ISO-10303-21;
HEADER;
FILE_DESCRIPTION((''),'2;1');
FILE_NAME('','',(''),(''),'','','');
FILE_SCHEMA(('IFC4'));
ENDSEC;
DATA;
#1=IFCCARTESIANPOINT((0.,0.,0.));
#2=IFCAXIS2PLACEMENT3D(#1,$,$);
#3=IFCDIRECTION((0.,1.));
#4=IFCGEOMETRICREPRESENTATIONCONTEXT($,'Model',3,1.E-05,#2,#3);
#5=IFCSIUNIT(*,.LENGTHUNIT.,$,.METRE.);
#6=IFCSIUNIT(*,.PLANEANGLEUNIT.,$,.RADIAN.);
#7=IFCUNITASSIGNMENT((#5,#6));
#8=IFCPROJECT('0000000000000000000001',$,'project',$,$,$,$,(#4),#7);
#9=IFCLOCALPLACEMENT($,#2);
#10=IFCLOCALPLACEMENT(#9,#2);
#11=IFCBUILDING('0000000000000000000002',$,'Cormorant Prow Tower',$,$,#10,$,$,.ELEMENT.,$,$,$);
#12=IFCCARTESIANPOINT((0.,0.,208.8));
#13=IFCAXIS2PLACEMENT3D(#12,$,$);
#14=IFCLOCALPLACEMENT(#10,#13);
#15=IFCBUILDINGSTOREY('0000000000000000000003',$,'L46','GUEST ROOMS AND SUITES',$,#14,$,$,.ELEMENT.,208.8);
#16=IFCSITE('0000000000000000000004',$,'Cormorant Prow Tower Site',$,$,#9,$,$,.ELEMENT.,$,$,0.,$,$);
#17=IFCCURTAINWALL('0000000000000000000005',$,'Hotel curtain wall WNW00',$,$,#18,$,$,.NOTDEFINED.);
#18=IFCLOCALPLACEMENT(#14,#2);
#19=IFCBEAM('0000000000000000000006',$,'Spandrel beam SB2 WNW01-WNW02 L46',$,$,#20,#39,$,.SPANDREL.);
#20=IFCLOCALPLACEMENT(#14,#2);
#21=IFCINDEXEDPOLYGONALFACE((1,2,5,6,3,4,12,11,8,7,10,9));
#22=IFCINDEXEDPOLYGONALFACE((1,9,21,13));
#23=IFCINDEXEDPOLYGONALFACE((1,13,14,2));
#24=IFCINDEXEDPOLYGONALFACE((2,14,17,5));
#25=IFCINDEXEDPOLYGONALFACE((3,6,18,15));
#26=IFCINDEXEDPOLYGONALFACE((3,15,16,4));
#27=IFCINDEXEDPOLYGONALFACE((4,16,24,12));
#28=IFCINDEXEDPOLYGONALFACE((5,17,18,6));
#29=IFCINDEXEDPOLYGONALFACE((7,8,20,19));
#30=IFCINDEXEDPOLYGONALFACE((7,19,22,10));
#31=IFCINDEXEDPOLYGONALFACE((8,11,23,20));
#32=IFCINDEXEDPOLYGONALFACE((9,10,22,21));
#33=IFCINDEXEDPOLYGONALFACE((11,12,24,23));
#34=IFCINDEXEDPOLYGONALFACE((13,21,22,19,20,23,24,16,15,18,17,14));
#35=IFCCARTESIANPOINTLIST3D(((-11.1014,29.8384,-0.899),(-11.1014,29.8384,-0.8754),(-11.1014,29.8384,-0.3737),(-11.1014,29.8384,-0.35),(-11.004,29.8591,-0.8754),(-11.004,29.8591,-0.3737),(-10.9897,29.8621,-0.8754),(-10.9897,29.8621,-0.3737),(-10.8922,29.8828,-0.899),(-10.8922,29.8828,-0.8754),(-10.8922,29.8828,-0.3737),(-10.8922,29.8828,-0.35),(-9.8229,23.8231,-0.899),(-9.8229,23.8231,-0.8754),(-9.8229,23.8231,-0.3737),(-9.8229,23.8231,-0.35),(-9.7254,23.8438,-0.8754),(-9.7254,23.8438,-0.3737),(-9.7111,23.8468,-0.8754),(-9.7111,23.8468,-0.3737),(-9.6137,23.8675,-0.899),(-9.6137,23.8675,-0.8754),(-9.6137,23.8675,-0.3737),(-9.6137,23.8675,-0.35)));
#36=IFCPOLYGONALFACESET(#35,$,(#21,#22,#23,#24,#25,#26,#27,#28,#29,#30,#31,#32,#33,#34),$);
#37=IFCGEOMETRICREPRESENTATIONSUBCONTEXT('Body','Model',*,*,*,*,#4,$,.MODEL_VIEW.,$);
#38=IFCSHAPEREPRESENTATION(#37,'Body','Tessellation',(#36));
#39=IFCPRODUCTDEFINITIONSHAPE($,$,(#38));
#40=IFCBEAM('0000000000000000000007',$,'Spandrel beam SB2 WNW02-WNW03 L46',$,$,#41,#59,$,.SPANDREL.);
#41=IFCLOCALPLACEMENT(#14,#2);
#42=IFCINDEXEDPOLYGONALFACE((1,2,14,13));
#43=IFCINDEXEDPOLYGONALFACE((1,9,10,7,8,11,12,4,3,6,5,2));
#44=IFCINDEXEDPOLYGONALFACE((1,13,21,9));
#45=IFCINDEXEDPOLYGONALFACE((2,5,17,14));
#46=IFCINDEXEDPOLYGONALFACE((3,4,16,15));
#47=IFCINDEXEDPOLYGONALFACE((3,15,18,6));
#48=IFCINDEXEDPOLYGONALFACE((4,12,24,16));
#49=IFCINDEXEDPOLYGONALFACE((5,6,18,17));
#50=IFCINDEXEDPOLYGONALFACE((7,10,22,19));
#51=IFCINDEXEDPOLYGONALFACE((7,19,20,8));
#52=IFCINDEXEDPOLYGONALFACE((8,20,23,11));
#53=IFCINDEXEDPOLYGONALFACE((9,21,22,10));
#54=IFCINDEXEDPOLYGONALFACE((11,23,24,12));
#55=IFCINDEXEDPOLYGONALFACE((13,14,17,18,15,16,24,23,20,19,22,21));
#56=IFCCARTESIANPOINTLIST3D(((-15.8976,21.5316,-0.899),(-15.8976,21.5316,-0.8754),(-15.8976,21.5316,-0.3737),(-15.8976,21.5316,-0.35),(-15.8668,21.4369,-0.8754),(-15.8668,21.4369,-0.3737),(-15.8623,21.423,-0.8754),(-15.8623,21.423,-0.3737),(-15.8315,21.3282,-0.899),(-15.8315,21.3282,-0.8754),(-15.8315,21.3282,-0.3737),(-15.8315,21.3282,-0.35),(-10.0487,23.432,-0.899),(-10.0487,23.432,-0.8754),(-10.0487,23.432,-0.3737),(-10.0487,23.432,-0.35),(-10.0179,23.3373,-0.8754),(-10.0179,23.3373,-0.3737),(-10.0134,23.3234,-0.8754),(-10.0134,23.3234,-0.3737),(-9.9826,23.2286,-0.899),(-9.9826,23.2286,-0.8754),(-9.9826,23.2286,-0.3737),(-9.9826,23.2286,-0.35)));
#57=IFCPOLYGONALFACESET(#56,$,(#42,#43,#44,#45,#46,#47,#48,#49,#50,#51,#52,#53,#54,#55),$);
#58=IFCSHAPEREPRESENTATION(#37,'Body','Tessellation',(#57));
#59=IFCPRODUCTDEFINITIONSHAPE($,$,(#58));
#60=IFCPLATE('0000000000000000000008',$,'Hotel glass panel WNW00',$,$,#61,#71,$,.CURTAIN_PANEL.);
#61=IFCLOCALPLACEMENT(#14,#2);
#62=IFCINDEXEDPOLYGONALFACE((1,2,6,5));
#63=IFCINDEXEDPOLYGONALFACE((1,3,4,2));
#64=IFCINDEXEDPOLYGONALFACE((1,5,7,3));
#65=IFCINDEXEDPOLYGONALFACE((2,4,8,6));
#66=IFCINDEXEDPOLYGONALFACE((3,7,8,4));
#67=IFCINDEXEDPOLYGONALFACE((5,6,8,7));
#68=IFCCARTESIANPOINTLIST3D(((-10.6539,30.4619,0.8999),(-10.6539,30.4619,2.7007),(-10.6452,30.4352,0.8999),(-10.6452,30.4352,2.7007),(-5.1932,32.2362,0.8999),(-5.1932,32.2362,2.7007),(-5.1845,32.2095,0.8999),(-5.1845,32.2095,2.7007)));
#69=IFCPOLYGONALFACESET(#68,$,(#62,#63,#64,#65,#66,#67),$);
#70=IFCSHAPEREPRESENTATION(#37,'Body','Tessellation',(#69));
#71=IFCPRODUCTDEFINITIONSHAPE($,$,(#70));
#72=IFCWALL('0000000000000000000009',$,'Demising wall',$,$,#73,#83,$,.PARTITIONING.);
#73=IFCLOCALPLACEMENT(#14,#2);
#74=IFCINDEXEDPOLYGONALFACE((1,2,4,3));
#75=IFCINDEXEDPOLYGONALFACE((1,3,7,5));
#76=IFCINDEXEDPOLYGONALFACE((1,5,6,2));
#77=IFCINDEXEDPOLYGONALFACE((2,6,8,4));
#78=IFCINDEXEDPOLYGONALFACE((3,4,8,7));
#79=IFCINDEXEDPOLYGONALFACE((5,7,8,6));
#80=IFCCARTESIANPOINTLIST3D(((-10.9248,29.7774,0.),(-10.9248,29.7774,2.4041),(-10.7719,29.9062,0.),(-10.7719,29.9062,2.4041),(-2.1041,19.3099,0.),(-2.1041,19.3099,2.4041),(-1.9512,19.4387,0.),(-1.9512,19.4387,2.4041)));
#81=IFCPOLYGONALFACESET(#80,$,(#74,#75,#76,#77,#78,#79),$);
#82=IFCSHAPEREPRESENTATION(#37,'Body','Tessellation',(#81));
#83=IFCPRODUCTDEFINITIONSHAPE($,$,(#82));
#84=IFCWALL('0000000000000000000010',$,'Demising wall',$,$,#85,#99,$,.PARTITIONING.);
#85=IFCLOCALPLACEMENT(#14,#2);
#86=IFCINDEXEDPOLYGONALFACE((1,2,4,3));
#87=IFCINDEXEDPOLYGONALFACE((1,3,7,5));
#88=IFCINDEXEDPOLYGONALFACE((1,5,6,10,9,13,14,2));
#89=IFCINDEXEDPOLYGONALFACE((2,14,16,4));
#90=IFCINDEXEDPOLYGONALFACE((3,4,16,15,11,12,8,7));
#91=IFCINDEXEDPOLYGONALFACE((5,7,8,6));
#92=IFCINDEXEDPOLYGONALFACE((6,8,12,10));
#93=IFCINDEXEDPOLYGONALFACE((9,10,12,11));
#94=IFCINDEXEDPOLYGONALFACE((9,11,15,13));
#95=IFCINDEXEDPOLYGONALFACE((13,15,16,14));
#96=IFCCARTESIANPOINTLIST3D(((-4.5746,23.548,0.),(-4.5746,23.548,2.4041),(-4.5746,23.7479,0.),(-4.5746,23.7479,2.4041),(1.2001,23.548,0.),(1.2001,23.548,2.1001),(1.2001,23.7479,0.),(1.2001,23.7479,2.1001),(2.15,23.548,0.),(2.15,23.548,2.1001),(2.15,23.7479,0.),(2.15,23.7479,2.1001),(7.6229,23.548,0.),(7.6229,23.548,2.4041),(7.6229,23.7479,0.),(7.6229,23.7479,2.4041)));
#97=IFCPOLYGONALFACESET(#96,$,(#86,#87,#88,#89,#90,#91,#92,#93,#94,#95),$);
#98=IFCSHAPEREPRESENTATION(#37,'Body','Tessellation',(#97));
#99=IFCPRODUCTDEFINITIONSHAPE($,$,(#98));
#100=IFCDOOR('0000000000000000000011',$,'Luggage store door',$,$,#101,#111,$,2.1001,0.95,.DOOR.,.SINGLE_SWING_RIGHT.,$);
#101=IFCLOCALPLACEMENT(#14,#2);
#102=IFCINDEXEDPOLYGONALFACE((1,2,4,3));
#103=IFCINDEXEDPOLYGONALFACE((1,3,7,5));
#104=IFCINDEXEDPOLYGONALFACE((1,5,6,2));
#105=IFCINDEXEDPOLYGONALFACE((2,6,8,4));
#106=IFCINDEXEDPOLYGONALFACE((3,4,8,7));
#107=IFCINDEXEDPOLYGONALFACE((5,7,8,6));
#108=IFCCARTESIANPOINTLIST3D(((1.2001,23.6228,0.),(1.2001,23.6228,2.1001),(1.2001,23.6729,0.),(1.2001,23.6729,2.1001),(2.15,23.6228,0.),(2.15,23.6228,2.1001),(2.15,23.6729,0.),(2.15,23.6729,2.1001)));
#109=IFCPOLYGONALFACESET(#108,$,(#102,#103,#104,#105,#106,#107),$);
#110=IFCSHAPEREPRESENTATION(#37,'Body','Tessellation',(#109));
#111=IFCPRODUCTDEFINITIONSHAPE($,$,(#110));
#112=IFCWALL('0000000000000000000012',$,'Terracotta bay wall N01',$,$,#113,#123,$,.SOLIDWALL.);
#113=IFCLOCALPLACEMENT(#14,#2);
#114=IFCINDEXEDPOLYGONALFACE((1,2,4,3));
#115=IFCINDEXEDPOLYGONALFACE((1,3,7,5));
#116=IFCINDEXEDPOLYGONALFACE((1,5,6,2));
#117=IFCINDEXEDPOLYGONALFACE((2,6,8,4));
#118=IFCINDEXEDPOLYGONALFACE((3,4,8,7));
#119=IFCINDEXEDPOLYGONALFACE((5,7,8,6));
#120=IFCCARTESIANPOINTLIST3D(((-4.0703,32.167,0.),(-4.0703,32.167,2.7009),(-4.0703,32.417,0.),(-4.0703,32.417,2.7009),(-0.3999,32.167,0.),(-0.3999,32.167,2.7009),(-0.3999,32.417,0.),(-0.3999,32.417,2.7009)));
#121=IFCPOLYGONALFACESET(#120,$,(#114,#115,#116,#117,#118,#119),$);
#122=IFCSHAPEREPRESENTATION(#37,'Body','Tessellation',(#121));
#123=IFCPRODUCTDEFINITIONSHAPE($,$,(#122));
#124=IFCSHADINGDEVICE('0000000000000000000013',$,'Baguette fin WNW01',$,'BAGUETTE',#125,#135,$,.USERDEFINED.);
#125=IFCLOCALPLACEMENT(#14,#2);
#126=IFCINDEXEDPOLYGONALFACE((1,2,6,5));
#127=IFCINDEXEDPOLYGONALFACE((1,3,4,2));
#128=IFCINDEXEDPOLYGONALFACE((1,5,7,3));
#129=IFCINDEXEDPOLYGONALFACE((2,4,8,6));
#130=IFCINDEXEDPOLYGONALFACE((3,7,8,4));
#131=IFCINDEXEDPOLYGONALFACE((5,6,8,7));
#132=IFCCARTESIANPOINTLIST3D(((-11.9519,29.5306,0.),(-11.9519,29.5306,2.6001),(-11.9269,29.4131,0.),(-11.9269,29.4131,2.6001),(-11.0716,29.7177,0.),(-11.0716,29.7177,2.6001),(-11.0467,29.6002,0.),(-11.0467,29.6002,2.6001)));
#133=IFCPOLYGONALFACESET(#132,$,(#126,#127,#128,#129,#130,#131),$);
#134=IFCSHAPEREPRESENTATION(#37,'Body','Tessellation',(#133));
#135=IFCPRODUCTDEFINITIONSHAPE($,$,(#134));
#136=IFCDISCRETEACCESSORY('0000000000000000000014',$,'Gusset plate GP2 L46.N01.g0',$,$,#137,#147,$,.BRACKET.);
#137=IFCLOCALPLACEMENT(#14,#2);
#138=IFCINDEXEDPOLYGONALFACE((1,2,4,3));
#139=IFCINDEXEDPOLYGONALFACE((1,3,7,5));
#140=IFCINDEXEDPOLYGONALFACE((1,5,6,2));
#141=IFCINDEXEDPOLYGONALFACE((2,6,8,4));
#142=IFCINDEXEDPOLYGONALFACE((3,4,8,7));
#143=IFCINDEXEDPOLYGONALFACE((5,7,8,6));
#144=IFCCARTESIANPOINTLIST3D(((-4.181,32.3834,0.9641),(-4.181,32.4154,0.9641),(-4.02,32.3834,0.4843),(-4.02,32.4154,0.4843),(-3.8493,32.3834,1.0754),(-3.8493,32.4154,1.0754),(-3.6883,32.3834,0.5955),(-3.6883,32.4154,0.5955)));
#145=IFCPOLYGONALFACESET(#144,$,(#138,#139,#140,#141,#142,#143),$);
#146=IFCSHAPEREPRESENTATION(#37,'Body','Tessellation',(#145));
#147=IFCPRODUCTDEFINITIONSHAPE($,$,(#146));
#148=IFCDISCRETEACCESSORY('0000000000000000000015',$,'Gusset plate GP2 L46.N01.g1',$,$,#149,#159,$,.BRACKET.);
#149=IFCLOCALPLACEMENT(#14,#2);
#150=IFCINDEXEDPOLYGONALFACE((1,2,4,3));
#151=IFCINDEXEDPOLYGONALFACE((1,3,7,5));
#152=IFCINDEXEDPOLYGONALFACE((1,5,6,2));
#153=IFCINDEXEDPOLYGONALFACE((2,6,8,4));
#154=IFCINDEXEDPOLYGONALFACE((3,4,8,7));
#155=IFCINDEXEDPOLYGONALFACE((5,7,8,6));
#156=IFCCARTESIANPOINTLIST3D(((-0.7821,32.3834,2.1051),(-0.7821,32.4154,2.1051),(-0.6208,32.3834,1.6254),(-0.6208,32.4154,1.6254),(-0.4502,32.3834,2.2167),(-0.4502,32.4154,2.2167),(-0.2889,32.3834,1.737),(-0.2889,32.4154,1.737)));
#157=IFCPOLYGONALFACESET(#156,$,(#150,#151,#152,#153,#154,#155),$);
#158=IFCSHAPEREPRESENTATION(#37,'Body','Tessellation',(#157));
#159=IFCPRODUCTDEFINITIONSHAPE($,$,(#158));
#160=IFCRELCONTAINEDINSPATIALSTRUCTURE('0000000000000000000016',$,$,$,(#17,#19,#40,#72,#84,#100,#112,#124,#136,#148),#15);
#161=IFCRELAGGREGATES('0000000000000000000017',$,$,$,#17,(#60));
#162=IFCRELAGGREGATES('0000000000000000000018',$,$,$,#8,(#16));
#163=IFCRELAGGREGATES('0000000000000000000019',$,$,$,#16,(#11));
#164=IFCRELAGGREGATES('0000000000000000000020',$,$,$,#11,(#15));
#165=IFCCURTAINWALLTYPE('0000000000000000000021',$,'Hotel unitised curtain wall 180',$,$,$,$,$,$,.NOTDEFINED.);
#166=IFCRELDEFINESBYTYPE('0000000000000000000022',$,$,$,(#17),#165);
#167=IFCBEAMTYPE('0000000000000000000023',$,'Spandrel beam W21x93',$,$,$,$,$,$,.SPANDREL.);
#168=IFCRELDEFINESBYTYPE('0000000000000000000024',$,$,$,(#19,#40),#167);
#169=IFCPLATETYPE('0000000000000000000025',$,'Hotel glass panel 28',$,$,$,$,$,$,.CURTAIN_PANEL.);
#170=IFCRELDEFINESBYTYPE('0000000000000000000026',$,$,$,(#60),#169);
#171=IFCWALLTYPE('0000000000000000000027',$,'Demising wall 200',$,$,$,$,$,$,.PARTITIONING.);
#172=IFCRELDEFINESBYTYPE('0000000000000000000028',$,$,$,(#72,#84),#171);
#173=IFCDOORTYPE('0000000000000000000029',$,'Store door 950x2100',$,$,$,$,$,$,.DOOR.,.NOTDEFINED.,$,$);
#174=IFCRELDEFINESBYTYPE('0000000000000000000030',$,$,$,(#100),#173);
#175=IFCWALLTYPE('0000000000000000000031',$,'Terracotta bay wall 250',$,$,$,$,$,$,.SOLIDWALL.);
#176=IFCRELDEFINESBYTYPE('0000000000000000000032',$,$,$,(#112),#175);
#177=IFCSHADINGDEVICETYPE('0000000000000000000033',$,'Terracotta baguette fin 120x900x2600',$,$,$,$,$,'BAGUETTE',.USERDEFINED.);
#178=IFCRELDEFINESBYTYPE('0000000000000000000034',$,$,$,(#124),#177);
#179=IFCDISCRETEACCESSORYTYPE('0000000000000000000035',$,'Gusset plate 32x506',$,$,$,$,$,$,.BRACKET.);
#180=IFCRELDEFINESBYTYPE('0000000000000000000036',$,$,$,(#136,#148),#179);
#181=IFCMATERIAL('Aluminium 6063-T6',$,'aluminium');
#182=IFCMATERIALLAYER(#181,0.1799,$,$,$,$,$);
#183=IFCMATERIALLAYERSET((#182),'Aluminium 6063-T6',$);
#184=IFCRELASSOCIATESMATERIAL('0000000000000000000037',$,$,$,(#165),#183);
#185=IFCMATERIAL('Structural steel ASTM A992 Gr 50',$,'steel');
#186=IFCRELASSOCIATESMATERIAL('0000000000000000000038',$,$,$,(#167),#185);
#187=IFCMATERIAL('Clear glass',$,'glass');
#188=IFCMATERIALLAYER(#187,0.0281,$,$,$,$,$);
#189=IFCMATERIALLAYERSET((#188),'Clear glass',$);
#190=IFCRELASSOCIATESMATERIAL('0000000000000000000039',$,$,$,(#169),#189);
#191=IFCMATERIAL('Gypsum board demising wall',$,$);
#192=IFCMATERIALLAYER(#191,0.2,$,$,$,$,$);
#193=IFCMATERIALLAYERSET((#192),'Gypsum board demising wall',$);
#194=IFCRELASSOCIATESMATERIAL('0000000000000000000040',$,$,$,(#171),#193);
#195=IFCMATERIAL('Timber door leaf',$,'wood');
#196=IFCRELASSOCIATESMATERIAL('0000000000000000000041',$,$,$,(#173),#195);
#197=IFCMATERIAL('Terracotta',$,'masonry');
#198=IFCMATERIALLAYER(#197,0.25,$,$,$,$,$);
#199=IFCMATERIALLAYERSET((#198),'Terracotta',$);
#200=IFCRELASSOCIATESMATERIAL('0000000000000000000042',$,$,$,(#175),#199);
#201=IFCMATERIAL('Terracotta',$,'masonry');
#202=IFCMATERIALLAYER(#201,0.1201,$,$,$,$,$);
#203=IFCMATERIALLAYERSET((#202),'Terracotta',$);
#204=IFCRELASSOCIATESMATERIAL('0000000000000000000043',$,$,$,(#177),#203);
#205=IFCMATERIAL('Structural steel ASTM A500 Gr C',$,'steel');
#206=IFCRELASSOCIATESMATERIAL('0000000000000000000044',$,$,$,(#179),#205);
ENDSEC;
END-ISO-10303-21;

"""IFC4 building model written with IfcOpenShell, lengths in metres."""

from ifc_helpers import new_model, si_unit, direction, frame, frame_2d, origin, origin_2d, place, context, subcontext, project, spatial, rectangle, i_section, extrude, material, layer, layer_set, material_profile, profile_set, type_object, element, fill, aggregate, save


model = new_model("IFC4")

# Units and contexts
model_context = context("Model", 3, precision=1e-05, world=origin(), true_north=direction((0.0, 1.0)))
body_context = subcontext(model_context, "Body", "Model", "MODEL_VIEW")
ifc_project = project(units=[si_unit("LENGTHUNIT", "METRE"), si_unit("PLANEANGLEUNIT", "RADIAN")], contexts=[model_context])

# Site, building, storey
site_placement = place(None, origin())
site = spatial("IfcSite", under=ifc_project, at=site_placement, Name="Cormorant Prow Tower Site", CompositionType="ELEMENT", RefElevation=0.0)
building_placement = place(site_placement, origin())
building = spatial("IfcBuilding", under=site, at=building_placement, Name="Cormorant Prow Tower", CompositionType="ELEMENT")
storey_placement = place(building_placement, frame((0.0, 0.0, 208.8)))
storey = spatial("IfcBuildingStorey", under=building, at=storey_placement, Name="L46", Description="GUEST ROOMS AND SUITES", CompositionType="ELEMENT", Elevation=208.8)

# Curtain wall
ifc_material_1 = material(Name="Aluminium 6063-T6", Category="aluminium")
ifc_layer_1 = layer(ifc_material_1, 0.1799)
ifc_layer_set_1 = layer_set([ifc_layer_1], Name="Aluminium 6063-T6")
curtain_wall_type = type_object("IfcCurtainWallType", Name="Hotel unitised curtain wall 180", PredefinedType="NOTDEFINED", material=ifc_layer_set_1)
curtain_wall_1_placement = place(storey_placement, origin())
curtain_wall_1 = element("IfcCurtainWall", 1, at=curtain_wall_1_placement, inside=storey, type_object=curtain_wall_type, Name="Hotel curtain wall WNW00", PredefinedType="NOTDEFINED")

# Beams
ifc_material_2 = material(Name="Structural steel ASTM A992 Gr 50", Category="steel")
ifc_material_profile_1 = material_profile(ifc_material_2, i_section(OverallWidth=0.2139, OverallDepth=0.5491, WebThickness=0.0146, FlangeThickness=0.0237, at=origin_2d()), Name="W21x93")
ifc_profile_set_1 = profile_set([ifc_material_profile_1], Name="Structural steel ASTM A992 Gr 50")
beam_type = type_object("IfcBeamType", Name="Spandrel beam W21x93", PredefinedType="SPANDREL", material=ifc_profile_set_1)
beam_1_placement = place(storey_placement, frame((-10.9968, 29.8606, -0.6245), z_axis=(0.207905, -0.978149, 0.0), x_axis=(0.978149, 0.207905, 0.0)))
element("IfcBeam", 2, at=beam_1_placement, inside=storey, type_object=beam_type, Name="Spandrel beam SB2 WNW01-WNW02 L46", PredefinedType="SPANDREL", context=body_context, shape_type="SweptSolid", body=[
    extrude(i_section(OverallWidth=0.2139, OverallDepth=0.5491, WebThickness=0.0146, FlangeThickness=0.0237, at=origin_2d()), origin(), (0.0, 0.0, 1.0), 6.1497),
])
beam_2_placement = place(storey_placement, frame((-10.0156, 23.3303, -0.6245), z_axis=(-0.951058, -0.309013, 0.0), x_axis=(0.309013, -0.951058, 0.0)))
element("IfcBeam", 3, at=beam_2_placement, inside=storey, type_object=beam_type, Name="Spandrel beam SB2 WNW02-WNW03 L46", PredefinedType="SPANDREL", context=body_context, shape_type="SweptSolid", body=[
    extrude(i_section(OverallWidth=0.2139, OverallDepth=0.5491, WebThickness=0.0146, FlangeThickness=0.0237, at=origin_2d()), origin(), (0.0, 0.0, 1.0), 6.1499),
])

# Plate
ifc_material_3 = material(Name="Clear glass", Category="glass")
ifc_layer_2 = layer(ifc_material_3, 0.0281)
ifc_layer_set_2 = layer_set([ifc_layer_2], Name="Clear glass")
plate_type = type_object("IfcPlateType", Name="Hotel glass panel 28", PredefinedType="CURTAIN_PANEL", material=ifc_layer_set_2)
plate_placement = place(storey_placement, frame((-7.9192, 31.3357, 0.8999), z_axis=(0.0, 0.0, 1.0), x_axis=(-0.951057, -0.309017, 0.0)))
plate = element("IfcPlate", 4, at=plate_placement, type_object=plate_type, Name="Hotel glass panel WNW00", PredefinedType="CURTAIN_PANEL", context=body_context, shape_type="SweptSolid", body=[
    extrude(rectangle(XDim=5.7417, YDim=0.0281, at=origin_2d()), origin(), (0.0, 0.0, 1.0), 1.8008),
])
aggregate(curtain_wall_1, [plate])

# Wall
ifc_material_4 = material(Name="Gypsum board demising wall")
ifc_layer_3 = layer(ifc_material_4, 0.2)
ifc_layer_set_3 = layer_set([ifc_layer_3], Name="Gypsum board demising wall")
wall_type_1 = type_object("IfcWallType", Name="Demising wall 200", PredefinedType="PARTITIONING", material=ifc_layer_set_3)
wall_1_placement = place(storey_placement, frame((-10.8484, 29.8418, 0.0), z_axis=(0.0, 0.0, 1.0), x_axis=(0.644394, -0.764694, 0.0)))
element("IfcWall", 5, at=wall_1_placement, inside=storey, type_object=wall_type_1, Name="Demising wall", PredefinedType="PARTITIONING", context=body_context, shape_type="SweptSolid", body=[
    extrude(rectangle(XDim=13.6885, YDim=0.2, at=frame_2d((6.8442, 0.0))), origin(), (0.0, 0.0, 1.0), 2.4041),
])

# Wall, opening, door
wall_2_placement = place(storey_placement, frame((-4.5745, 23.6479, 0.0), z_axis=(0.0, 0.0, 1.0), x_axis=(1.0, 0.0, 0.0)))
wall_2 = element("IfcWall", 6, at=wall_2_placement, inside=storey, type_object=wall_type_1, Name="Demising wall", PredefinedType="PARTITIONING", context=body_context, shape_type="SweptSolid", body=[
    extrude(rectangle(XDim=12.1975, YDim=0.2, at=frame_2d((6.0986, 0.0))), origin(), (0.0, 0.0, 1.0), 2.4041),
])
opening_1_placement = place(wall_2_placement, frame((5.7744, 0.0, 0.0)))
opening_1 = element("IfcOpeningElement", 7, at=opening_1_placement, cuts=wall_2, PredefinedType="OPENING", context=body_context, shape_type="SweptSolid", body=[
    extrude(rectangle(XDim=0.95, YDim=2.1001, at=frame_2d((0.4751, 1.05))), frame((0.0, 0.1099, 0.0), z_axis=(0.0, -1.0, 0.0), x_axis=(1.0, 0.0, 0.0)), (0.0, 0.0, 1.0), 0.22),
])
ifc_material_5 = material(Name="Timber door leaf", Category="wood")
door_type_1 = type_object("IfcDoorType", Name="Store door 950x2100", OperationType="NOTDEFINED", PredefinedType="DOOR", material=ifc_material_5)
door_1_placement = place(opening_1_placement, origin())
door_1 = element("IfcDoor", 8, at=door_1_placement, inside=storey, type_object=door_type_1, Name="Luggage store door", OperationType="SINGLE_SWING_RIGHT", OverallHeight=2.1001, OverallWidth=0.95, PredefinedType="DOOR", context=body_context, shape_type="SweptSolid", body=[
    extrude(rectangle(XDim=0.95, YDim=2.1001, at=frame_2d((0.4751, 1.05))), frame((0.0, 0.0249, 0.0), z_axis=(0.0, -1.0, 0.0), x_axis=(1.0, 0.0, 0.0)), (0.0, 0.0, 1.0), 0.05),
])
fill(opening_1, door_1)

# Wall
ifc_material_6 = material(Name="Terracotta", Category="masonry")
ifc_layer_4 = layer(ifc_material_6, 0.25)
ifc_layer_set_4 = layer_set([ifc_layer_4], Name="Terracotta")
wall_type_2 = type_object("IfcWallType", Name="Terracotta bay wall 250", PredefinedType="SOLIDWALL", material=ifc_layer_set_4)
wall_3_placement = place(storey_placement, frame((-0.3999, 32.292, 0.0), z_axis=(0.0, 0.0, 1.0), x_axis=(-1.0, 0.0, 0.0)))
element("IfcWall", 9, at=wall_3_placement, inside=storey, type_object=wall_type_2, Name="Terracotta bay wall N01", PredefinedType="SOLIDWALL", context=body_context, shape_type="SweptSolid", body=[
    extrude(rectangle(XDim=3.6704, YDim=0.25, at=frame_2d((1.8352, 0.0))), origin(), (0.0, 0.0, 1.0), 2.7009),
])

# Shading device
ifc_material_7 = material(Name="Terracotta", Category="masonry")
ifc_layer_5 = layer(ifc_material_7, 0.1201)
ifc_layer_set_5 = layer_set([ifc_layer_5], Name="Terracotta")
shading_device_type = type_object("IfcShadingDeviceType", Name="Terracotta baguette fin 120x900x2600", ElementType="BAGUETTE", PredefinedType="USERDEFINED", material=ifc_layer_set_5)
shading_device_placement = place(storey_placement, frame((-11.4993, 29.5654, 0.0), z_axis=(0.0, 0.0, 1.0), x_axis=(0.207912, -0.978148, 0.0)))
element("IfcShadingDevice", 10, at=shading_device_placement, inside=storey, type_object=shading_device_type, Name="Baguette fin WNW01", ObjectType="BAGUETTE", PredefinedType="USERDEFINED", context=body_context, shape_type="SweptSolid", body=[
    extrude(rectangle(XDim=0.1201, YDim=0.8999, at=origin_2d()), origin(), (0.0, 0.0, 1.0), 2.6001),
])

# Discrete accessories
ifc_material_8 = material(Name="Structural steel ASTM A500 Gr C", Category="steel")
ifc_material_profile_2 = material_profile(ifc_material_8, rectangle(XDim=0.032, YDim=0.5061, at=origin_2d()), Name="Gusset plate 32x506")
ifc_profile_set_2 = profile_set([ifc_material_profile_2], Name="Structural steel ASTM A500 Gr C")
discrete_accessory_type = type_object("IfcDiscreteAccessoryType", Name="Gusset plate 32x506", PredefinedType="BRACKET", material=ifc_profile_set_2)
discrete_accessory_1_placement = place(storey_placement, frame((-3.7688, 32.3994, 0.8354), z_axis=(-0.948054, 0.0, -0.318111), x_axis=(0.0, -1.0, 0.0)))
element("IfcDiscreteAccessory", 11, at=discrete_accessory_1_placement, inside=storey, type_object=discrete_accessory_type, Name="Gusset plate GP2 L46.N01.g0", PredefinedType="BRACKET", context=body_context, shape_type="SweptSolid", body=[
    extrude(rectangle(XDim=0.032, YDim=0.5061, at=origin_2d()), origin(), (0.0, 0.0, 1.0), 0.3499),
])
discrete_accessory_2_placement = place(storey_placement, frame((-0.7014, 32.3994, 1.8652), z_axis=(0.947843, 0.0, 0.318738), x_axis=(0.0, 1.0, 0.0)))
element("IfcDiscreteAccessory", 12, at=discrete_accessory_2_placement, inside=storey, type_object=discrete_accessory_type, Name="Gusset plate GP2 L46.N01.g1", PredefinedType="BRACKET", context=body_context, shape_type="SweptSolid", body=[
    extrude(rectangle(XDim=0.032, YDim=0.5061, at=origin_2d()), origin(), (0.0, 0.0, 1.0), 0.3501),
])

save(model, "model.ifc")
